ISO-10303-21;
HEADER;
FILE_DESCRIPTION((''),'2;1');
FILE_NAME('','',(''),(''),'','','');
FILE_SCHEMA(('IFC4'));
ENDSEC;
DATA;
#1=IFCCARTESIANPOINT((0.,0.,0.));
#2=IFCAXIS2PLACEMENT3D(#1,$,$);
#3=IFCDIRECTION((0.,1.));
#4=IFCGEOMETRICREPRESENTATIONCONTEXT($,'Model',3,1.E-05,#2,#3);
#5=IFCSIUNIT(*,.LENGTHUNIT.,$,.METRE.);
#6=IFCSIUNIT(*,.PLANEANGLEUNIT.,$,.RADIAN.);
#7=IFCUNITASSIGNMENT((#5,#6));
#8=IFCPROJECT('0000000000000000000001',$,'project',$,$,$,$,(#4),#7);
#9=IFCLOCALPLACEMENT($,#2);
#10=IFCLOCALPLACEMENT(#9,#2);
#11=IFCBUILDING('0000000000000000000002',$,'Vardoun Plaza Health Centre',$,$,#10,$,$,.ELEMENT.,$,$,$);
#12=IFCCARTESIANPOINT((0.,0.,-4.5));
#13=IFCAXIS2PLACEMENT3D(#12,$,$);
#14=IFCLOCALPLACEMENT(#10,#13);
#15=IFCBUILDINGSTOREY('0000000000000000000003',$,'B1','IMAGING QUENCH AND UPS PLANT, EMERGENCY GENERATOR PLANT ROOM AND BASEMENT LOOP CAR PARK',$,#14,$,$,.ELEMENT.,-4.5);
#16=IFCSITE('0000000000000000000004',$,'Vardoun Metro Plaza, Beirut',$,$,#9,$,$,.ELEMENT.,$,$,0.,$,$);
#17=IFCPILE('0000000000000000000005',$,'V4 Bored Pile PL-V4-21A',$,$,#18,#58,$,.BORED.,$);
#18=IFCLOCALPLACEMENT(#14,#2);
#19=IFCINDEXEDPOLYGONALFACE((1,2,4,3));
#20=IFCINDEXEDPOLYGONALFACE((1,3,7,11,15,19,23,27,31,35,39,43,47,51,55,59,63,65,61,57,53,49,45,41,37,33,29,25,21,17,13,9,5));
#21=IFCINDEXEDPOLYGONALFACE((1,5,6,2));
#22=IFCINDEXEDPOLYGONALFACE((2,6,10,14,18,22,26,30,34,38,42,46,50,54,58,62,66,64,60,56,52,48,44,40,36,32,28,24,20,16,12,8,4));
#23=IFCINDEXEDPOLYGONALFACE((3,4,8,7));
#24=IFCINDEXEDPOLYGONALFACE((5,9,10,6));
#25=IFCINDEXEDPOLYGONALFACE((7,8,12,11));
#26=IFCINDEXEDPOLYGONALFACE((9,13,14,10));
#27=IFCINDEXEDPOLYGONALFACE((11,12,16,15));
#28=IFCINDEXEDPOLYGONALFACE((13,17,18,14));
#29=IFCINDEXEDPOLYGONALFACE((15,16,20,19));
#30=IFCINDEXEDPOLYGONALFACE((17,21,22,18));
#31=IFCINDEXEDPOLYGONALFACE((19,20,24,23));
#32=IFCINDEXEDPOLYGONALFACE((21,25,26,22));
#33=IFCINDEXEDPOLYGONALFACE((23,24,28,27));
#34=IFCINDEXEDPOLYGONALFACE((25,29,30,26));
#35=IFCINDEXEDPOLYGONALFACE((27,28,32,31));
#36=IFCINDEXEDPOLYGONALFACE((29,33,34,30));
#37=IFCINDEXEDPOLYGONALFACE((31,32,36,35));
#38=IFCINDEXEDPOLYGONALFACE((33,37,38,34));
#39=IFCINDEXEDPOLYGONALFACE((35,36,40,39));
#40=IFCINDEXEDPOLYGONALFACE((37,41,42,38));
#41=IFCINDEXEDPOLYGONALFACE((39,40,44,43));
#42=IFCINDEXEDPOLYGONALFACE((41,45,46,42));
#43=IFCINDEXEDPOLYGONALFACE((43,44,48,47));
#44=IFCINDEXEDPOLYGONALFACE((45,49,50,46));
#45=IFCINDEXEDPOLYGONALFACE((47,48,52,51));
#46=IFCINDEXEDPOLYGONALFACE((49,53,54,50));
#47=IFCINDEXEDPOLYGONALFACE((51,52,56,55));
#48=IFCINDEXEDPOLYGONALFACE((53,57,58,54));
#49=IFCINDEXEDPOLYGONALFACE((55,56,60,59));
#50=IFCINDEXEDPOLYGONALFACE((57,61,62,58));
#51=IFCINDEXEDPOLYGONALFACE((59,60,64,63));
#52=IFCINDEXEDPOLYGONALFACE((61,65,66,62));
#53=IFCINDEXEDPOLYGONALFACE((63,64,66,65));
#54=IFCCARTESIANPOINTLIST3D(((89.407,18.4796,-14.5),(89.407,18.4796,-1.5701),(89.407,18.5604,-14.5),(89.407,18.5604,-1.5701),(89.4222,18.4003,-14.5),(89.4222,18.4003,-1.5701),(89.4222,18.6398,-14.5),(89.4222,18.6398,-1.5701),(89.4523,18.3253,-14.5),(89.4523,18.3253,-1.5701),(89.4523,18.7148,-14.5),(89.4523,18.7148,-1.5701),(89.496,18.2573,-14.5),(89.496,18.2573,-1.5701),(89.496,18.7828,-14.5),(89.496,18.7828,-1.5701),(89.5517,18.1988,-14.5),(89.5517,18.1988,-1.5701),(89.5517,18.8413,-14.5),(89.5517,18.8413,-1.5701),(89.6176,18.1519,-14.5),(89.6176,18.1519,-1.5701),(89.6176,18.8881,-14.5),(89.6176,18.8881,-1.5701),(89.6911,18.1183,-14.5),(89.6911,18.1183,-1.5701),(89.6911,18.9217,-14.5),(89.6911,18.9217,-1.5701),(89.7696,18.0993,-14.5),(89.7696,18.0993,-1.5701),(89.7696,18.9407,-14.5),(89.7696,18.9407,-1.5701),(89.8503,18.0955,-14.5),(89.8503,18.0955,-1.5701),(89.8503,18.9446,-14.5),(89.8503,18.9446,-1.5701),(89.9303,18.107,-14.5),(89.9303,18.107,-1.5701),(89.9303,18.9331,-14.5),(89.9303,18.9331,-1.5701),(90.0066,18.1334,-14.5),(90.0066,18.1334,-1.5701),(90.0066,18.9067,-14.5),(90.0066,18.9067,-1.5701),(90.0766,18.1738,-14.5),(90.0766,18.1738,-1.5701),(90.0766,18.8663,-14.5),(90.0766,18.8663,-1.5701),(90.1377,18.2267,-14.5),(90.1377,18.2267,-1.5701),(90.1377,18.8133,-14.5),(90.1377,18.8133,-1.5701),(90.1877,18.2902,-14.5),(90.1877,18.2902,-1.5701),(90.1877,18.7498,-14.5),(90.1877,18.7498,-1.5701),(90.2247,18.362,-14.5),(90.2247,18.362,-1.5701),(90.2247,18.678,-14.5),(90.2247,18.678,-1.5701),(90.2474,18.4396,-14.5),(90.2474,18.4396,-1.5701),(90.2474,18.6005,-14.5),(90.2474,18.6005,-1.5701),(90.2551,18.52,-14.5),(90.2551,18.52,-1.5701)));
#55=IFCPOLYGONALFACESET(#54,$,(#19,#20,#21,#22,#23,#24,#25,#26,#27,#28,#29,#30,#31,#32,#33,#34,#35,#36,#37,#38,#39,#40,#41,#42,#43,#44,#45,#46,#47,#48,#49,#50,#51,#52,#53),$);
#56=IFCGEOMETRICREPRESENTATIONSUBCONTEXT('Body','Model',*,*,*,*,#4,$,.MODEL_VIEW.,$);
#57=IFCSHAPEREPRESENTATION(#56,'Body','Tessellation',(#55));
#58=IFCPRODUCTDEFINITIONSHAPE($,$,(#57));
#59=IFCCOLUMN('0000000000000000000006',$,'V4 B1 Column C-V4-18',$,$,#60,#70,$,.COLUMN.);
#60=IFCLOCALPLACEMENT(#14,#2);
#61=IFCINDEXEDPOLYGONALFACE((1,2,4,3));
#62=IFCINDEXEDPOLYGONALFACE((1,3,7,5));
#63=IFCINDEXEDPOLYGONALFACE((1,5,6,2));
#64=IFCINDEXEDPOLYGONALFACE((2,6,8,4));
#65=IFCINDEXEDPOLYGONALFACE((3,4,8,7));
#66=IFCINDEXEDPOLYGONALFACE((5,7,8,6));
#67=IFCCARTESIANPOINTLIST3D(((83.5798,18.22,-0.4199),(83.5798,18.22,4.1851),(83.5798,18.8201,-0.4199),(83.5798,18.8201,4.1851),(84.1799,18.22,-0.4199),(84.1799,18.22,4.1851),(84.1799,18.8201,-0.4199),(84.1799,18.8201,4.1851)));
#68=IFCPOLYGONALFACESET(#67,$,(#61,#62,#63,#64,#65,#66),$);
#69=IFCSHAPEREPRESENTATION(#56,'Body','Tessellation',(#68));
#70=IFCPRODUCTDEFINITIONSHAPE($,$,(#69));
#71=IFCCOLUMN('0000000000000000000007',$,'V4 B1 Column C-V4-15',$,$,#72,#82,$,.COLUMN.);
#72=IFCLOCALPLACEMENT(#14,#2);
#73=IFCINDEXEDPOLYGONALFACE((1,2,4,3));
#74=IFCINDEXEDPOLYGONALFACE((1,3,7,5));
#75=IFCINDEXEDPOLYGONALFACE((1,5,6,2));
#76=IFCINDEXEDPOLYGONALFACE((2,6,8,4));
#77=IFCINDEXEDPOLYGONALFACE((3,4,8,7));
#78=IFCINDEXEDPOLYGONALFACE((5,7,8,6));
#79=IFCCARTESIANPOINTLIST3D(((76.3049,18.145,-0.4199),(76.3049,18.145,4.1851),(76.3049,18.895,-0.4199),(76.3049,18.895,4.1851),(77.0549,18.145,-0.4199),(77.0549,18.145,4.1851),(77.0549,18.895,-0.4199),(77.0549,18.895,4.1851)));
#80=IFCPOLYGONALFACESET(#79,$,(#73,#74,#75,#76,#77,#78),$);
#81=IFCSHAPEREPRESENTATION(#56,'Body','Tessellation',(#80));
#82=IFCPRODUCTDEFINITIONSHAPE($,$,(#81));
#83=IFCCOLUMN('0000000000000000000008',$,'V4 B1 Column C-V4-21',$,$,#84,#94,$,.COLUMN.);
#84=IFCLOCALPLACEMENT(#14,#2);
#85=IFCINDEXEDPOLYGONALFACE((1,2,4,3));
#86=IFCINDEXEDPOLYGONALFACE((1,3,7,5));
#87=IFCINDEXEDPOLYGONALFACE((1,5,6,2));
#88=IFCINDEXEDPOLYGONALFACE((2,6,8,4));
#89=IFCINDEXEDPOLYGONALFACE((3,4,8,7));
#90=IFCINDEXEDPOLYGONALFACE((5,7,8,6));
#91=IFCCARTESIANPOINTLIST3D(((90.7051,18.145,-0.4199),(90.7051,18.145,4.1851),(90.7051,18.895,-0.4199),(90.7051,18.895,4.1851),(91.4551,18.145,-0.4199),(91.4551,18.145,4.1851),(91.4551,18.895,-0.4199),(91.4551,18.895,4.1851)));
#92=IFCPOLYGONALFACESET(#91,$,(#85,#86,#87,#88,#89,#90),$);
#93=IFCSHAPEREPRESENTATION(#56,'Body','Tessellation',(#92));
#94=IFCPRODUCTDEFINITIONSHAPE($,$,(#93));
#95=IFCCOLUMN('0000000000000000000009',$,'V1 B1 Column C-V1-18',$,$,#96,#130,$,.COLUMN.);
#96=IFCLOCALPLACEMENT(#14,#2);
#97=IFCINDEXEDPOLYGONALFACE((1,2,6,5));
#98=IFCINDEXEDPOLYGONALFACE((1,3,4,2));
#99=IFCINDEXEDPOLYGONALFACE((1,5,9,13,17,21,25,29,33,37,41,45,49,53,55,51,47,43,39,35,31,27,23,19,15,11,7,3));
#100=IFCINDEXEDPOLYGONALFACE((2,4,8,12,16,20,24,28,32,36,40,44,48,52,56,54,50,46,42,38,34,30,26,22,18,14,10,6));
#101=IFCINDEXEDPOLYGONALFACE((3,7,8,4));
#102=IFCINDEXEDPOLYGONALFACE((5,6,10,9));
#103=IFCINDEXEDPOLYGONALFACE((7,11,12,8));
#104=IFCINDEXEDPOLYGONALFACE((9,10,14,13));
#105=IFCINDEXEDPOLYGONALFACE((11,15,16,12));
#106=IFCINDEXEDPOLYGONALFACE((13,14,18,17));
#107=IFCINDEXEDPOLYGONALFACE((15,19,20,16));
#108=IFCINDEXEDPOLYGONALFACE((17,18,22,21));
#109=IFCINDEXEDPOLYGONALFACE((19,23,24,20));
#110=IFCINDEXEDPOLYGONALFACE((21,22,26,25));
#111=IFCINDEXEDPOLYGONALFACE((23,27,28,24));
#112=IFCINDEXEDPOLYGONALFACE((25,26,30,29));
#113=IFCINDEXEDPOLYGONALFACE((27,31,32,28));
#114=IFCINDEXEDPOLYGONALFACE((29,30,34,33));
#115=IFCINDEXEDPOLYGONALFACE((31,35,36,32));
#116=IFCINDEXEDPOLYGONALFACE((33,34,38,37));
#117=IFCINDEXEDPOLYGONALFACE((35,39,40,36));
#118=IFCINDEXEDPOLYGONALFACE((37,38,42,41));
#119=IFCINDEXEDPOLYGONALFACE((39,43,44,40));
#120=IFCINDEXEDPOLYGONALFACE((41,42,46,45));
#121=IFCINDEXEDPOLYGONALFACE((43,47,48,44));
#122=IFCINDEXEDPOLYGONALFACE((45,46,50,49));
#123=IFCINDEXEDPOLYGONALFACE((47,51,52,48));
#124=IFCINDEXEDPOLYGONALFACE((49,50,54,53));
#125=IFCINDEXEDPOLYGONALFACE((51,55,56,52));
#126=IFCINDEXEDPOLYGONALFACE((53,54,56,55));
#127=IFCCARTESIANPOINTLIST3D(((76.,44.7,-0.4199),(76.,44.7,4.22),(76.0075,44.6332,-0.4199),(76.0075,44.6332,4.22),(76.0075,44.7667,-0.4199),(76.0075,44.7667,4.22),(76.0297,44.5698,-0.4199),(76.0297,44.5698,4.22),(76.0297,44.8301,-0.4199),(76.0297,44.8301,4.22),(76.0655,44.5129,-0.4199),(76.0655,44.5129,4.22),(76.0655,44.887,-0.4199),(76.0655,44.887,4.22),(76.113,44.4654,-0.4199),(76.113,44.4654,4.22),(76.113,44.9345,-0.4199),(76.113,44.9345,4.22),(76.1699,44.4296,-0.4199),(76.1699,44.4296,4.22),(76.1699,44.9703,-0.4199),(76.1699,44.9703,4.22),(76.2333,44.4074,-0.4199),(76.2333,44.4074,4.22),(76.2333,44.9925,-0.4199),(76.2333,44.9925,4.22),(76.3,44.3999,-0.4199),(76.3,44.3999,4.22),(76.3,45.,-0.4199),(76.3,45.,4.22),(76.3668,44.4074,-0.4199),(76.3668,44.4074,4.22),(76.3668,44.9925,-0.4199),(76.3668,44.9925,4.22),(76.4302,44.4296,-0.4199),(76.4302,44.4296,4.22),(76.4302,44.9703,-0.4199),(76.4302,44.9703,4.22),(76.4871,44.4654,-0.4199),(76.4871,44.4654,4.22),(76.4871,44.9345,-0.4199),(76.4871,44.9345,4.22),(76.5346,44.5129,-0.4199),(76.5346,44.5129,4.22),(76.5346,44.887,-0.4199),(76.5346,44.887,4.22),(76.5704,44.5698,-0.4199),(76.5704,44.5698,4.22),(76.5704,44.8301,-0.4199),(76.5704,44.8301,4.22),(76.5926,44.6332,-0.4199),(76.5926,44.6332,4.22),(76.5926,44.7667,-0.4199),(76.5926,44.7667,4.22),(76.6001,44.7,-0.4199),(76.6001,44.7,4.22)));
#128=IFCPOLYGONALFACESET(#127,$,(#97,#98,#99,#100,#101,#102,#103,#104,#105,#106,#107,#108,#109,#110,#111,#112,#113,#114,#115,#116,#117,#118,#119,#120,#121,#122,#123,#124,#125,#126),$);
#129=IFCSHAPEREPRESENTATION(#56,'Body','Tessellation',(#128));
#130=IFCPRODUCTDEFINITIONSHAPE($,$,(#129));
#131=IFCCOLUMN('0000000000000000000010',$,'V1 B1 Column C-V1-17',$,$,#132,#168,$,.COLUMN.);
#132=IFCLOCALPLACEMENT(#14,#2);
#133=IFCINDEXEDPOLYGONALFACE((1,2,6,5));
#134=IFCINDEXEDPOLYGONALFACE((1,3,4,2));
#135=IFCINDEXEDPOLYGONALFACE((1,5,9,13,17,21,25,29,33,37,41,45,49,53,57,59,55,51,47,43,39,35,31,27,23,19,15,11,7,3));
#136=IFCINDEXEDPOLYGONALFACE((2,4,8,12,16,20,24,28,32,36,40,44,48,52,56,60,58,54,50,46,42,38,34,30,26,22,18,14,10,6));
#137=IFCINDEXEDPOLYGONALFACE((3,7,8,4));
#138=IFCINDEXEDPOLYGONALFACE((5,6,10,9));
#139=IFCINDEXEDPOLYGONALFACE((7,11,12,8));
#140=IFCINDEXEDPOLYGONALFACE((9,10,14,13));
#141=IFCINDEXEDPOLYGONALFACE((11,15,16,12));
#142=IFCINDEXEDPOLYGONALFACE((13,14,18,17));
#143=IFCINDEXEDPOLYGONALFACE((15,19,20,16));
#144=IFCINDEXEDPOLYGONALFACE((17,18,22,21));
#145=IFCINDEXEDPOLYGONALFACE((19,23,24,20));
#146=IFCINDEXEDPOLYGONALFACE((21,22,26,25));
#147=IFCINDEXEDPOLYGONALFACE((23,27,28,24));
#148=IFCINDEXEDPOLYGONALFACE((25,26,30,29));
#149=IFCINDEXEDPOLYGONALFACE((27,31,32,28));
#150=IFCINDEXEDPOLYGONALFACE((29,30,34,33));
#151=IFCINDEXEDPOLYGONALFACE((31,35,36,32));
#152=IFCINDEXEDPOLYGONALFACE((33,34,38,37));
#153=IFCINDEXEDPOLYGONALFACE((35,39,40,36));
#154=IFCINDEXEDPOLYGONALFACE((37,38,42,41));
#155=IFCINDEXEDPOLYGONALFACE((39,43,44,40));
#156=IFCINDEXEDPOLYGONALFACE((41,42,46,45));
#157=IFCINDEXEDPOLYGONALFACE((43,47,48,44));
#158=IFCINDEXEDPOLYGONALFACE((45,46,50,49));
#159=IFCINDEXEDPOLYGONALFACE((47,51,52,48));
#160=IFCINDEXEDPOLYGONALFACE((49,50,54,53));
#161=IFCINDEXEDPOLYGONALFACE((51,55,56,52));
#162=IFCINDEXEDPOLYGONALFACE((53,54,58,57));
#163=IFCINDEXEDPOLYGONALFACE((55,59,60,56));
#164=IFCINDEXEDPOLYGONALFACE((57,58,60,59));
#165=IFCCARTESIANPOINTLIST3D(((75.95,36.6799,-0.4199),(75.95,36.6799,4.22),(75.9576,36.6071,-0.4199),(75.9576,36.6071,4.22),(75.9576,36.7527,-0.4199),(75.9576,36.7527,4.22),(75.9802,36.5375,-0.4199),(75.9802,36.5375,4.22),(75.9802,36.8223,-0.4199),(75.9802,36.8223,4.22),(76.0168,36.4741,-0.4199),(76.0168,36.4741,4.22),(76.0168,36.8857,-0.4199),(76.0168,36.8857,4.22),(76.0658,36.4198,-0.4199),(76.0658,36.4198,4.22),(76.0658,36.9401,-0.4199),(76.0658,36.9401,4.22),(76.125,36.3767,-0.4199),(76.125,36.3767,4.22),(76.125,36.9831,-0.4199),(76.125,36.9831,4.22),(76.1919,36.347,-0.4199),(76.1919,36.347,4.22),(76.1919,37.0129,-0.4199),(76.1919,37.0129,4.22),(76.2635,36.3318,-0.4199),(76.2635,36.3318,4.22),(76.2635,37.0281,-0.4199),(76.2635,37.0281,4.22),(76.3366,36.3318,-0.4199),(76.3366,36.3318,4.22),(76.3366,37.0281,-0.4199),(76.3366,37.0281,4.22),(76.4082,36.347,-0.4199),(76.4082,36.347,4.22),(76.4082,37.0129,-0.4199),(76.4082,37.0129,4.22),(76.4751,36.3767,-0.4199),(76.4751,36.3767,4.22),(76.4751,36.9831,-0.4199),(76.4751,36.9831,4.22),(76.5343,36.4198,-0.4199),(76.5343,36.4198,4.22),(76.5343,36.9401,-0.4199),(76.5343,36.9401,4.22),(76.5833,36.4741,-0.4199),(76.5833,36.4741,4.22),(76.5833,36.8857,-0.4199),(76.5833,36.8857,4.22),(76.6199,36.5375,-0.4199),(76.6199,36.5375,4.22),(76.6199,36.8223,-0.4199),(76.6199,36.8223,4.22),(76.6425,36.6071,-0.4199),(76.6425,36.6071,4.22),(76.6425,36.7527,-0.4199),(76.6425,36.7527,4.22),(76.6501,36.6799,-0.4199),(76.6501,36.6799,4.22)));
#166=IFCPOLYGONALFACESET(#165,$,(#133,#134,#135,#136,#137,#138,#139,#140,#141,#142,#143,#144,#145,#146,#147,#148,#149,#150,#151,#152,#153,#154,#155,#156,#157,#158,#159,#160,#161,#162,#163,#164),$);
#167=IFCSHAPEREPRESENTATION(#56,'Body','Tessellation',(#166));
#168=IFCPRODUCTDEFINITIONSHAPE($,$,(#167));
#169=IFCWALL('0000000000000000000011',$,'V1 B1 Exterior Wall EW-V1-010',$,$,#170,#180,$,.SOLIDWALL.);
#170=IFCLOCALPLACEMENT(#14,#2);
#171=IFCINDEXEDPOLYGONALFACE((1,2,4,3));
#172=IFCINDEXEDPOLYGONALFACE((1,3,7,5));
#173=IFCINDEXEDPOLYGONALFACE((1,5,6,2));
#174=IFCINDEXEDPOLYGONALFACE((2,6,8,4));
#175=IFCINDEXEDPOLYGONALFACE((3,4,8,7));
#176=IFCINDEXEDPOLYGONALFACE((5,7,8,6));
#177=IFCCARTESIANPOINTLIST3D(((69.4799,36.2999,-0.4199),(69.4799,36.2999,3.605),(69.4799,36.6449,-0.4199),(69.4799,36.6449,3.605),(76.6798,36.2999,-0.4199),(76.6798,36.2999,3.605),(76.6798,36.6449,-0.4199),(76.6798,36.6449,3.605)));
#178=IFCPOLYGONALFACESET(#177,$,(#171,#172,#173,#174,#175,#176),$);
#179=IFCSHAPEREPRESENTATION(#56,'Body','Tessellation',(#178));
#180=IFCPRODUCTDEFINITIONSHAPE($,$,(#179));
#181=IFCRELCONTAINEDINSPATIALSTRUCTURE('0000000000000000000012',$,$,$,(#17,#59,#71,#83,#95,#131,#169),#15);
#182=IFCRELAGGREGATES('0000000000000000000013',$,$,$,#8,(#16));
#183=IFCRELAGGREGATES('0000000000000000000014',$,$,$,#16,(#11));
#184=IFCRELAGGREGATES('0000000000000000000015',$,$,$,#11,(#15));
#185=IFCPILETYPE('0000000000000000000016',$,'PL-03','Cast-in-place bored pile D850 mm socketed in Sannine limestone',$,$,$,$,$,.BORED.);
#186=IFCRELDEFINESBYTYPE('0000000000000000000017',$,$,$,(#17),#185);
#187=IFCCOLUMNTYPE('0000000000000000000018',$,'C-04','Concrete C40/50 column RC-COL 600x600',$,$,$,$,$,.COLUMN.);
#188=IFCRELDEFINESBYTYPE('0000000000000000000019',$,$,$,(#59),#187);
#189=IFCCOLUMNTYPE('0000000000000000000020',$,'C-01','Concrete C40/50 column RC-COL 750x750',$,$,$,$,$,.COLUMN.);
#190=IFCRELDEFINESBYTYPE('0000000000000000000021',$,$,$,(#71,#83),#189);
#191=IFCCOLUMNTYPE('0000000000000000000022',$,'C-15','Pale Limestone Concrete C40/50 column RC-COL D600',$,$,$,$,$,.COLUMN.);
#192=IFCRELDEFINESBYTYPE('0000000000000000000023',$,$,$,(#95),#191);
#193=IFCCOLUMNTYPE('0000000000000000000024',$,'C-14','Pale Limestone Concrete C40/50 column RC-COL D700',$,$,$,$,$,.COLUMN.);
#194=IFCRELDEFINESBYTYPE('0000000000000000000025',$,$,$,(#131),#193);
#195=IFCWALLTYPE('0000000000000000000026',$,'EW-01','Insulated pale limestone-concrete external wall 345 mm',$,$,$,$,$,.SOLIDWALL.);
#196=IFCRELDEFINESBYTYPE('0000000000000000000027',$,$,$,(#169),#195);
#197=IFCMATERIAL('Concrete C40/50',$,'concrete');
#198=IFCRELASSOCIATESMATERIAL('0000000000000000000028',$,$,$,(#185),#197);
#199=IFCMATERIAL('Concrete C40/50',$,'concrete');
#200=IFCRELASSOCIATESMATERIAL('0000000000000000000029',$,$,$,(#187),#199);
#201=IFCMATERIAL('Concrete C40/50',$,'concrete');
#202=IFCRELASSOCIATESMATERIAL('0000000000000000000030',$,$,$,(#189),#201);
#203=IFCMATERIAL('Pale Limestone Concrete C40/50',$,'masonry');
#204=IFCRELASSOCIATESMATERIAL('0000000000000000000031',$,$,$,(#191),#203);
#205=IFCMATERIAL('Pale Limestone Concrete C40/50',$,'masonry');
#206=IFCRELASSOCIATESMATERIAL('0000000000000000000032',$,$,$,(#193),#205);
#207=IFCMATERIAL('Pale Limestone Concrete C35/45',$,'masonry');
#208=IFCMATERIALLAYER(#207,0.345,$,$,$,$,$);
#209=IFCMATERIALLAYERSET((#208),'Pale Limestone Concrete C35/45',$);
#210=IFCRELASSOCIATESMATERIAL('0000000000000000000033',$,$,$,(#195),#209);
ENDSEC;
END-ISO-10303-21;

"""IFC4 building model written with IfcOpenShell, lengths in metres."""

from ifc_helpers import new_model, si_unit, direction, frame, frame_2d, origin, origin_2d, place, context, subcontext, project, spatial, rectangle, circle, extrude, material, layer, layer_set, material_profile, profile_set, type_object, element, save


model = new_model("IFC4")

# Units and contexts
model_context = context("Model", 3, precision=1e-05, world=origin(), true_north=direction((0.0, 1.0)))
body_context = subcontext(model_context, "Body", "Model", "MODEL_VIEW")
ifc_project = project(units=[si_unit("LENGTHUNIT", "METRE"), si_unit("PLANEANGLEUNIT", "RADIAN")], contexts=[model_context])

# Site, building, storey
site_placement = place(None, origin())
site = spatial("IfcSite", under=ifc_project, at=site_placement, Name="Vardoun Metro Plaza, Beirut", CompositionType="ELEMENT", RefElevation=0.0)
building_placement = place(site_placement, origin())
building = spatial("IfcBuilding", under=site, at=building_placement, Name="Vardoun Plaza Health Centre", CompositionType="ELEMENT")
storey_placement = place(building_placement, frame((0.0, 0.0, -4.5)))
storey = spatial("IfcBuildingStorey", under=building, at=storey_placement, Name="B1", Description="IMAGING QUENCH AND UPS PLANT, EMERGENCY GENERATOR PLANT ROOM AND BASEMENT LOOP CAR PARK", CompositionType="ELEMENT", Elevation=-4.5)

# Pile
ifc_material_1 = material(Name="Concrete C40/50", Category="concrete")
ifc_material_profile_1 = material_profile(ifc_material_1, circle(Radius=0.425, at=origin_2d()), Name="PILE D850")
ifc_profile_set_1 = profile_set([ifc_material_profile_1], Name="Concrete C40/50")
pile_type_1 = type_object("IfcPileType", Name="PL-03", Description="Cast-in-place bored pile D850 mm socketed in Sannine limestone", PredefinedType="BORED", material=ifc_profile_set_1)
for number, where, z_axis, x_axis, name in (
    (1, (89.8301, 18.52, -1.5701), (0.0, 0.0, -1.0), (1.0, 0.0, 0.0), "V4 Bored Pile PL-V4-21A"),
):
    element("IfcPile", number, at=place(storey_placement, frame(where, z_axis=z_axis, x_axis=x_axis)), inside=storey, type_object=pile_type_1, Name=name, PredefinedType="BORED", context=body_context, shape_type="SweptSolid", body=[
        extrude(circle(Radius=0.425, at=origin_2d()), origin(), (0.0, 0.0, 1.0), 12.9299),
    ])

# Columns
ifc_material_2 = material(Name="Concrete C40/50", Category="concrete")
ifc_material_profile_2 = material_profile(ifc_material_2, rectangle(XDim=0.6001, YDim=0.6001, at=origin_2d()), Name="RC-COL 600x600")
ifc_profile_set_2 = profile_set([ifc_material_profile_2], Name="Concrete C40/50")
column_type_1 = type_object("IfcColumnType", Name="C-04", Description="Concrete C40/50 column RC-COL 600x600", PredefinedType="COLUMN", material=ifc_profile_set_2)
column_1_placement = place(storey_placement, frame((83.8799, 18.52, -0.4199), z_axis=(0.0, 0.0, 1.0), x_axis=(1.0, 0.0, 0.0)))
element("IfcColumn", 2, at=column_1_placement, inside=storey, type_object=column_type_1, Name="V4 B1 Column C-V4-18", PredefinedType="COLUMN", context=body_context, shape_type="SweptSolid", body=[
    extrude(rectangle(XDim=0.6001, YDim=0.6001, at=origin_2d()), origin(), (0.0, 0.0, 1.0), 4.605),
])
ifc_material_3 = material(Name="Concrete C40/50", Category="concrete")
ifc_material_profile_3 = material_profile(ifc_material_3, rectangle(XDim=0.75, YDim=0.75, at=origin_2d()), Name="RC-COL 750x750")
ifc_profile_set_3 = profile_set([ifc_material_profile_3], Name="Concrete C40/50")
column_type_2 = type_object("IfcColumnType", Name="C-01", Description="Concrete C40/50 column RC-COL 750x750", PredefinedType="COLUMN", material=ifc_profile_set_3)
for number, where, z_axis, x_axis, name in (
    (3, (76.6799, 18.52, -0.4199), (0.0, 0.0, 1.0), (1.0, 0.0, 0.0), "V4 B1 Column C-V4-15"),
    (4, (91.0801, 18.52, -0.4199), (0.0, 0.0, 1.0), (1.0, 0.0, 0.0), "V4 B1 Column C-V4-21"),
):
    element("IfcColumn", number, at=place(storey_placement, frame(where, z_axis=z_axis, x_axis=x_axis)), inside=storey, type_object=column_type_2, Name=name, PredefinedType="COLUMN", context=body_context, shape_type="SweptSolid", body=[
        extrude(rectangle(XDim=0.75, YDim=0.75, at=origin_2d()), origin(), (0.0, 0.0, 1.0), 4.605),
    ])
ifc_material_4 = material(Name="Pale Limestone Concrete C40/50", Category="masonry")
ifc_material_profile_4 = material_profile(ifc_material_4, circle(Radius=0.3, at=origin_2d()), Name="RC-COL D600")
ifc_profile_set_4 = profile_set([ifc_material_profile_4], Name="Pale Limestone Concrete C40/50")
column_type_3 = type_object("IfcColumnType", Name="C-15", Description="Pale Limestone Concrete C40/50 column RC-COL D600", PredefinedType="COLUMN", material=ifc_profile_set_4)
column_2_placement = place(storey_placement, frame((76.3, 44.7, -0.4199), z_axis=(0.0, 0.0, 1.0), x_axis=(1.0, 0.0, 0.0)))
element("IfcColumn", 5, at=column_2_placement, inside=storey, type_object=column_type_3, Name="V1 B1 Column C-V1-18", PredefinedType="COLUMN", context=body_context, shape_type="SweptSolid", body=[
    extrude(circle(Radius=0.3, at=origin_2d()), origin(), (0.0, 0.0, 1.0), 4.6399),
])
ifc_material_5 = material(Name="Pale Limestone Concrete C40/50", Category="masonry")
ifc_material_profile_5 = material_profile(ifc_material_5, circle(Radius=0.3501, at=origin_2d()), Name="RC-COL D700")
ifc_profile_set_5 = profile_set([ifc_material_profile_5], Name="Pale Limestone Concrete C40/50")
column_type_4 = type_object("IfcColumnType", Name="C-14", Description="Pale Limestone Concrete C40/50 column RC-COL D700", PredefinedType="COLUMN", material=ifc_profile_set_5)
column_3_placement = place(storey_placement, frame((76.3, 36.6799, -0.4199), z_axis=(0.0, 0.0, 1.0), x_axis=(1.0, 0.0, 0.0)))
element("IfcColumn", 6, at=column_3_placement, inside=storey, type_object=column_type_4, Name="V1 B1 Column C-V1-17", PredefinedType="COLUMN", context=body_context, shape_type="SweptSolid", body=[
    extrude(circle(Radius=0.3501, at=origin_2d()), origin(), (0.0, 0.0, 1.0), 4.6399),
])

# Wall
ifc_material_6 = material(Name="Pale Limestone Concrete C35/45", Category="masonry")
ifc_layer_1 = layer(ifc_material_6, 0.345)
ifc_layer_set_1 = layer_set([ifc_layer_1], Name="Pale Limestone Concrete C35/45")
wall_type_1 = type_object("IfcWallType", Name="EW-01", Description="Insulated pale limestone-concrete external wall 345 mm", PredefinedType="SOLIDWALL", material=ifc_layer_set_1)
wall_1_placement = place(storey_placement, frame((76.6799, 36.4724, -0.4199), z_axis=(0.0, 0.0, 1.0), x_axis=(-1.0, 0.0, 0.0)))
element("IfcWall", 7, at=wall_1_placement, inside=storey, type_object=wall_type_1, Name="V1 B1 Exterior Wall EW-V1-010", PredefinedType="SOLIDWALL", context=body_context, shape_type="SweptSolid", body=[
    extrude(rectangle(XDim=7.2, YDim=0.345, at=frame_2d((3.6001, 0.0))), origin(), (0.0, 0.0, 1.0), 4.0249),
])

save(model, "model.ifc")
